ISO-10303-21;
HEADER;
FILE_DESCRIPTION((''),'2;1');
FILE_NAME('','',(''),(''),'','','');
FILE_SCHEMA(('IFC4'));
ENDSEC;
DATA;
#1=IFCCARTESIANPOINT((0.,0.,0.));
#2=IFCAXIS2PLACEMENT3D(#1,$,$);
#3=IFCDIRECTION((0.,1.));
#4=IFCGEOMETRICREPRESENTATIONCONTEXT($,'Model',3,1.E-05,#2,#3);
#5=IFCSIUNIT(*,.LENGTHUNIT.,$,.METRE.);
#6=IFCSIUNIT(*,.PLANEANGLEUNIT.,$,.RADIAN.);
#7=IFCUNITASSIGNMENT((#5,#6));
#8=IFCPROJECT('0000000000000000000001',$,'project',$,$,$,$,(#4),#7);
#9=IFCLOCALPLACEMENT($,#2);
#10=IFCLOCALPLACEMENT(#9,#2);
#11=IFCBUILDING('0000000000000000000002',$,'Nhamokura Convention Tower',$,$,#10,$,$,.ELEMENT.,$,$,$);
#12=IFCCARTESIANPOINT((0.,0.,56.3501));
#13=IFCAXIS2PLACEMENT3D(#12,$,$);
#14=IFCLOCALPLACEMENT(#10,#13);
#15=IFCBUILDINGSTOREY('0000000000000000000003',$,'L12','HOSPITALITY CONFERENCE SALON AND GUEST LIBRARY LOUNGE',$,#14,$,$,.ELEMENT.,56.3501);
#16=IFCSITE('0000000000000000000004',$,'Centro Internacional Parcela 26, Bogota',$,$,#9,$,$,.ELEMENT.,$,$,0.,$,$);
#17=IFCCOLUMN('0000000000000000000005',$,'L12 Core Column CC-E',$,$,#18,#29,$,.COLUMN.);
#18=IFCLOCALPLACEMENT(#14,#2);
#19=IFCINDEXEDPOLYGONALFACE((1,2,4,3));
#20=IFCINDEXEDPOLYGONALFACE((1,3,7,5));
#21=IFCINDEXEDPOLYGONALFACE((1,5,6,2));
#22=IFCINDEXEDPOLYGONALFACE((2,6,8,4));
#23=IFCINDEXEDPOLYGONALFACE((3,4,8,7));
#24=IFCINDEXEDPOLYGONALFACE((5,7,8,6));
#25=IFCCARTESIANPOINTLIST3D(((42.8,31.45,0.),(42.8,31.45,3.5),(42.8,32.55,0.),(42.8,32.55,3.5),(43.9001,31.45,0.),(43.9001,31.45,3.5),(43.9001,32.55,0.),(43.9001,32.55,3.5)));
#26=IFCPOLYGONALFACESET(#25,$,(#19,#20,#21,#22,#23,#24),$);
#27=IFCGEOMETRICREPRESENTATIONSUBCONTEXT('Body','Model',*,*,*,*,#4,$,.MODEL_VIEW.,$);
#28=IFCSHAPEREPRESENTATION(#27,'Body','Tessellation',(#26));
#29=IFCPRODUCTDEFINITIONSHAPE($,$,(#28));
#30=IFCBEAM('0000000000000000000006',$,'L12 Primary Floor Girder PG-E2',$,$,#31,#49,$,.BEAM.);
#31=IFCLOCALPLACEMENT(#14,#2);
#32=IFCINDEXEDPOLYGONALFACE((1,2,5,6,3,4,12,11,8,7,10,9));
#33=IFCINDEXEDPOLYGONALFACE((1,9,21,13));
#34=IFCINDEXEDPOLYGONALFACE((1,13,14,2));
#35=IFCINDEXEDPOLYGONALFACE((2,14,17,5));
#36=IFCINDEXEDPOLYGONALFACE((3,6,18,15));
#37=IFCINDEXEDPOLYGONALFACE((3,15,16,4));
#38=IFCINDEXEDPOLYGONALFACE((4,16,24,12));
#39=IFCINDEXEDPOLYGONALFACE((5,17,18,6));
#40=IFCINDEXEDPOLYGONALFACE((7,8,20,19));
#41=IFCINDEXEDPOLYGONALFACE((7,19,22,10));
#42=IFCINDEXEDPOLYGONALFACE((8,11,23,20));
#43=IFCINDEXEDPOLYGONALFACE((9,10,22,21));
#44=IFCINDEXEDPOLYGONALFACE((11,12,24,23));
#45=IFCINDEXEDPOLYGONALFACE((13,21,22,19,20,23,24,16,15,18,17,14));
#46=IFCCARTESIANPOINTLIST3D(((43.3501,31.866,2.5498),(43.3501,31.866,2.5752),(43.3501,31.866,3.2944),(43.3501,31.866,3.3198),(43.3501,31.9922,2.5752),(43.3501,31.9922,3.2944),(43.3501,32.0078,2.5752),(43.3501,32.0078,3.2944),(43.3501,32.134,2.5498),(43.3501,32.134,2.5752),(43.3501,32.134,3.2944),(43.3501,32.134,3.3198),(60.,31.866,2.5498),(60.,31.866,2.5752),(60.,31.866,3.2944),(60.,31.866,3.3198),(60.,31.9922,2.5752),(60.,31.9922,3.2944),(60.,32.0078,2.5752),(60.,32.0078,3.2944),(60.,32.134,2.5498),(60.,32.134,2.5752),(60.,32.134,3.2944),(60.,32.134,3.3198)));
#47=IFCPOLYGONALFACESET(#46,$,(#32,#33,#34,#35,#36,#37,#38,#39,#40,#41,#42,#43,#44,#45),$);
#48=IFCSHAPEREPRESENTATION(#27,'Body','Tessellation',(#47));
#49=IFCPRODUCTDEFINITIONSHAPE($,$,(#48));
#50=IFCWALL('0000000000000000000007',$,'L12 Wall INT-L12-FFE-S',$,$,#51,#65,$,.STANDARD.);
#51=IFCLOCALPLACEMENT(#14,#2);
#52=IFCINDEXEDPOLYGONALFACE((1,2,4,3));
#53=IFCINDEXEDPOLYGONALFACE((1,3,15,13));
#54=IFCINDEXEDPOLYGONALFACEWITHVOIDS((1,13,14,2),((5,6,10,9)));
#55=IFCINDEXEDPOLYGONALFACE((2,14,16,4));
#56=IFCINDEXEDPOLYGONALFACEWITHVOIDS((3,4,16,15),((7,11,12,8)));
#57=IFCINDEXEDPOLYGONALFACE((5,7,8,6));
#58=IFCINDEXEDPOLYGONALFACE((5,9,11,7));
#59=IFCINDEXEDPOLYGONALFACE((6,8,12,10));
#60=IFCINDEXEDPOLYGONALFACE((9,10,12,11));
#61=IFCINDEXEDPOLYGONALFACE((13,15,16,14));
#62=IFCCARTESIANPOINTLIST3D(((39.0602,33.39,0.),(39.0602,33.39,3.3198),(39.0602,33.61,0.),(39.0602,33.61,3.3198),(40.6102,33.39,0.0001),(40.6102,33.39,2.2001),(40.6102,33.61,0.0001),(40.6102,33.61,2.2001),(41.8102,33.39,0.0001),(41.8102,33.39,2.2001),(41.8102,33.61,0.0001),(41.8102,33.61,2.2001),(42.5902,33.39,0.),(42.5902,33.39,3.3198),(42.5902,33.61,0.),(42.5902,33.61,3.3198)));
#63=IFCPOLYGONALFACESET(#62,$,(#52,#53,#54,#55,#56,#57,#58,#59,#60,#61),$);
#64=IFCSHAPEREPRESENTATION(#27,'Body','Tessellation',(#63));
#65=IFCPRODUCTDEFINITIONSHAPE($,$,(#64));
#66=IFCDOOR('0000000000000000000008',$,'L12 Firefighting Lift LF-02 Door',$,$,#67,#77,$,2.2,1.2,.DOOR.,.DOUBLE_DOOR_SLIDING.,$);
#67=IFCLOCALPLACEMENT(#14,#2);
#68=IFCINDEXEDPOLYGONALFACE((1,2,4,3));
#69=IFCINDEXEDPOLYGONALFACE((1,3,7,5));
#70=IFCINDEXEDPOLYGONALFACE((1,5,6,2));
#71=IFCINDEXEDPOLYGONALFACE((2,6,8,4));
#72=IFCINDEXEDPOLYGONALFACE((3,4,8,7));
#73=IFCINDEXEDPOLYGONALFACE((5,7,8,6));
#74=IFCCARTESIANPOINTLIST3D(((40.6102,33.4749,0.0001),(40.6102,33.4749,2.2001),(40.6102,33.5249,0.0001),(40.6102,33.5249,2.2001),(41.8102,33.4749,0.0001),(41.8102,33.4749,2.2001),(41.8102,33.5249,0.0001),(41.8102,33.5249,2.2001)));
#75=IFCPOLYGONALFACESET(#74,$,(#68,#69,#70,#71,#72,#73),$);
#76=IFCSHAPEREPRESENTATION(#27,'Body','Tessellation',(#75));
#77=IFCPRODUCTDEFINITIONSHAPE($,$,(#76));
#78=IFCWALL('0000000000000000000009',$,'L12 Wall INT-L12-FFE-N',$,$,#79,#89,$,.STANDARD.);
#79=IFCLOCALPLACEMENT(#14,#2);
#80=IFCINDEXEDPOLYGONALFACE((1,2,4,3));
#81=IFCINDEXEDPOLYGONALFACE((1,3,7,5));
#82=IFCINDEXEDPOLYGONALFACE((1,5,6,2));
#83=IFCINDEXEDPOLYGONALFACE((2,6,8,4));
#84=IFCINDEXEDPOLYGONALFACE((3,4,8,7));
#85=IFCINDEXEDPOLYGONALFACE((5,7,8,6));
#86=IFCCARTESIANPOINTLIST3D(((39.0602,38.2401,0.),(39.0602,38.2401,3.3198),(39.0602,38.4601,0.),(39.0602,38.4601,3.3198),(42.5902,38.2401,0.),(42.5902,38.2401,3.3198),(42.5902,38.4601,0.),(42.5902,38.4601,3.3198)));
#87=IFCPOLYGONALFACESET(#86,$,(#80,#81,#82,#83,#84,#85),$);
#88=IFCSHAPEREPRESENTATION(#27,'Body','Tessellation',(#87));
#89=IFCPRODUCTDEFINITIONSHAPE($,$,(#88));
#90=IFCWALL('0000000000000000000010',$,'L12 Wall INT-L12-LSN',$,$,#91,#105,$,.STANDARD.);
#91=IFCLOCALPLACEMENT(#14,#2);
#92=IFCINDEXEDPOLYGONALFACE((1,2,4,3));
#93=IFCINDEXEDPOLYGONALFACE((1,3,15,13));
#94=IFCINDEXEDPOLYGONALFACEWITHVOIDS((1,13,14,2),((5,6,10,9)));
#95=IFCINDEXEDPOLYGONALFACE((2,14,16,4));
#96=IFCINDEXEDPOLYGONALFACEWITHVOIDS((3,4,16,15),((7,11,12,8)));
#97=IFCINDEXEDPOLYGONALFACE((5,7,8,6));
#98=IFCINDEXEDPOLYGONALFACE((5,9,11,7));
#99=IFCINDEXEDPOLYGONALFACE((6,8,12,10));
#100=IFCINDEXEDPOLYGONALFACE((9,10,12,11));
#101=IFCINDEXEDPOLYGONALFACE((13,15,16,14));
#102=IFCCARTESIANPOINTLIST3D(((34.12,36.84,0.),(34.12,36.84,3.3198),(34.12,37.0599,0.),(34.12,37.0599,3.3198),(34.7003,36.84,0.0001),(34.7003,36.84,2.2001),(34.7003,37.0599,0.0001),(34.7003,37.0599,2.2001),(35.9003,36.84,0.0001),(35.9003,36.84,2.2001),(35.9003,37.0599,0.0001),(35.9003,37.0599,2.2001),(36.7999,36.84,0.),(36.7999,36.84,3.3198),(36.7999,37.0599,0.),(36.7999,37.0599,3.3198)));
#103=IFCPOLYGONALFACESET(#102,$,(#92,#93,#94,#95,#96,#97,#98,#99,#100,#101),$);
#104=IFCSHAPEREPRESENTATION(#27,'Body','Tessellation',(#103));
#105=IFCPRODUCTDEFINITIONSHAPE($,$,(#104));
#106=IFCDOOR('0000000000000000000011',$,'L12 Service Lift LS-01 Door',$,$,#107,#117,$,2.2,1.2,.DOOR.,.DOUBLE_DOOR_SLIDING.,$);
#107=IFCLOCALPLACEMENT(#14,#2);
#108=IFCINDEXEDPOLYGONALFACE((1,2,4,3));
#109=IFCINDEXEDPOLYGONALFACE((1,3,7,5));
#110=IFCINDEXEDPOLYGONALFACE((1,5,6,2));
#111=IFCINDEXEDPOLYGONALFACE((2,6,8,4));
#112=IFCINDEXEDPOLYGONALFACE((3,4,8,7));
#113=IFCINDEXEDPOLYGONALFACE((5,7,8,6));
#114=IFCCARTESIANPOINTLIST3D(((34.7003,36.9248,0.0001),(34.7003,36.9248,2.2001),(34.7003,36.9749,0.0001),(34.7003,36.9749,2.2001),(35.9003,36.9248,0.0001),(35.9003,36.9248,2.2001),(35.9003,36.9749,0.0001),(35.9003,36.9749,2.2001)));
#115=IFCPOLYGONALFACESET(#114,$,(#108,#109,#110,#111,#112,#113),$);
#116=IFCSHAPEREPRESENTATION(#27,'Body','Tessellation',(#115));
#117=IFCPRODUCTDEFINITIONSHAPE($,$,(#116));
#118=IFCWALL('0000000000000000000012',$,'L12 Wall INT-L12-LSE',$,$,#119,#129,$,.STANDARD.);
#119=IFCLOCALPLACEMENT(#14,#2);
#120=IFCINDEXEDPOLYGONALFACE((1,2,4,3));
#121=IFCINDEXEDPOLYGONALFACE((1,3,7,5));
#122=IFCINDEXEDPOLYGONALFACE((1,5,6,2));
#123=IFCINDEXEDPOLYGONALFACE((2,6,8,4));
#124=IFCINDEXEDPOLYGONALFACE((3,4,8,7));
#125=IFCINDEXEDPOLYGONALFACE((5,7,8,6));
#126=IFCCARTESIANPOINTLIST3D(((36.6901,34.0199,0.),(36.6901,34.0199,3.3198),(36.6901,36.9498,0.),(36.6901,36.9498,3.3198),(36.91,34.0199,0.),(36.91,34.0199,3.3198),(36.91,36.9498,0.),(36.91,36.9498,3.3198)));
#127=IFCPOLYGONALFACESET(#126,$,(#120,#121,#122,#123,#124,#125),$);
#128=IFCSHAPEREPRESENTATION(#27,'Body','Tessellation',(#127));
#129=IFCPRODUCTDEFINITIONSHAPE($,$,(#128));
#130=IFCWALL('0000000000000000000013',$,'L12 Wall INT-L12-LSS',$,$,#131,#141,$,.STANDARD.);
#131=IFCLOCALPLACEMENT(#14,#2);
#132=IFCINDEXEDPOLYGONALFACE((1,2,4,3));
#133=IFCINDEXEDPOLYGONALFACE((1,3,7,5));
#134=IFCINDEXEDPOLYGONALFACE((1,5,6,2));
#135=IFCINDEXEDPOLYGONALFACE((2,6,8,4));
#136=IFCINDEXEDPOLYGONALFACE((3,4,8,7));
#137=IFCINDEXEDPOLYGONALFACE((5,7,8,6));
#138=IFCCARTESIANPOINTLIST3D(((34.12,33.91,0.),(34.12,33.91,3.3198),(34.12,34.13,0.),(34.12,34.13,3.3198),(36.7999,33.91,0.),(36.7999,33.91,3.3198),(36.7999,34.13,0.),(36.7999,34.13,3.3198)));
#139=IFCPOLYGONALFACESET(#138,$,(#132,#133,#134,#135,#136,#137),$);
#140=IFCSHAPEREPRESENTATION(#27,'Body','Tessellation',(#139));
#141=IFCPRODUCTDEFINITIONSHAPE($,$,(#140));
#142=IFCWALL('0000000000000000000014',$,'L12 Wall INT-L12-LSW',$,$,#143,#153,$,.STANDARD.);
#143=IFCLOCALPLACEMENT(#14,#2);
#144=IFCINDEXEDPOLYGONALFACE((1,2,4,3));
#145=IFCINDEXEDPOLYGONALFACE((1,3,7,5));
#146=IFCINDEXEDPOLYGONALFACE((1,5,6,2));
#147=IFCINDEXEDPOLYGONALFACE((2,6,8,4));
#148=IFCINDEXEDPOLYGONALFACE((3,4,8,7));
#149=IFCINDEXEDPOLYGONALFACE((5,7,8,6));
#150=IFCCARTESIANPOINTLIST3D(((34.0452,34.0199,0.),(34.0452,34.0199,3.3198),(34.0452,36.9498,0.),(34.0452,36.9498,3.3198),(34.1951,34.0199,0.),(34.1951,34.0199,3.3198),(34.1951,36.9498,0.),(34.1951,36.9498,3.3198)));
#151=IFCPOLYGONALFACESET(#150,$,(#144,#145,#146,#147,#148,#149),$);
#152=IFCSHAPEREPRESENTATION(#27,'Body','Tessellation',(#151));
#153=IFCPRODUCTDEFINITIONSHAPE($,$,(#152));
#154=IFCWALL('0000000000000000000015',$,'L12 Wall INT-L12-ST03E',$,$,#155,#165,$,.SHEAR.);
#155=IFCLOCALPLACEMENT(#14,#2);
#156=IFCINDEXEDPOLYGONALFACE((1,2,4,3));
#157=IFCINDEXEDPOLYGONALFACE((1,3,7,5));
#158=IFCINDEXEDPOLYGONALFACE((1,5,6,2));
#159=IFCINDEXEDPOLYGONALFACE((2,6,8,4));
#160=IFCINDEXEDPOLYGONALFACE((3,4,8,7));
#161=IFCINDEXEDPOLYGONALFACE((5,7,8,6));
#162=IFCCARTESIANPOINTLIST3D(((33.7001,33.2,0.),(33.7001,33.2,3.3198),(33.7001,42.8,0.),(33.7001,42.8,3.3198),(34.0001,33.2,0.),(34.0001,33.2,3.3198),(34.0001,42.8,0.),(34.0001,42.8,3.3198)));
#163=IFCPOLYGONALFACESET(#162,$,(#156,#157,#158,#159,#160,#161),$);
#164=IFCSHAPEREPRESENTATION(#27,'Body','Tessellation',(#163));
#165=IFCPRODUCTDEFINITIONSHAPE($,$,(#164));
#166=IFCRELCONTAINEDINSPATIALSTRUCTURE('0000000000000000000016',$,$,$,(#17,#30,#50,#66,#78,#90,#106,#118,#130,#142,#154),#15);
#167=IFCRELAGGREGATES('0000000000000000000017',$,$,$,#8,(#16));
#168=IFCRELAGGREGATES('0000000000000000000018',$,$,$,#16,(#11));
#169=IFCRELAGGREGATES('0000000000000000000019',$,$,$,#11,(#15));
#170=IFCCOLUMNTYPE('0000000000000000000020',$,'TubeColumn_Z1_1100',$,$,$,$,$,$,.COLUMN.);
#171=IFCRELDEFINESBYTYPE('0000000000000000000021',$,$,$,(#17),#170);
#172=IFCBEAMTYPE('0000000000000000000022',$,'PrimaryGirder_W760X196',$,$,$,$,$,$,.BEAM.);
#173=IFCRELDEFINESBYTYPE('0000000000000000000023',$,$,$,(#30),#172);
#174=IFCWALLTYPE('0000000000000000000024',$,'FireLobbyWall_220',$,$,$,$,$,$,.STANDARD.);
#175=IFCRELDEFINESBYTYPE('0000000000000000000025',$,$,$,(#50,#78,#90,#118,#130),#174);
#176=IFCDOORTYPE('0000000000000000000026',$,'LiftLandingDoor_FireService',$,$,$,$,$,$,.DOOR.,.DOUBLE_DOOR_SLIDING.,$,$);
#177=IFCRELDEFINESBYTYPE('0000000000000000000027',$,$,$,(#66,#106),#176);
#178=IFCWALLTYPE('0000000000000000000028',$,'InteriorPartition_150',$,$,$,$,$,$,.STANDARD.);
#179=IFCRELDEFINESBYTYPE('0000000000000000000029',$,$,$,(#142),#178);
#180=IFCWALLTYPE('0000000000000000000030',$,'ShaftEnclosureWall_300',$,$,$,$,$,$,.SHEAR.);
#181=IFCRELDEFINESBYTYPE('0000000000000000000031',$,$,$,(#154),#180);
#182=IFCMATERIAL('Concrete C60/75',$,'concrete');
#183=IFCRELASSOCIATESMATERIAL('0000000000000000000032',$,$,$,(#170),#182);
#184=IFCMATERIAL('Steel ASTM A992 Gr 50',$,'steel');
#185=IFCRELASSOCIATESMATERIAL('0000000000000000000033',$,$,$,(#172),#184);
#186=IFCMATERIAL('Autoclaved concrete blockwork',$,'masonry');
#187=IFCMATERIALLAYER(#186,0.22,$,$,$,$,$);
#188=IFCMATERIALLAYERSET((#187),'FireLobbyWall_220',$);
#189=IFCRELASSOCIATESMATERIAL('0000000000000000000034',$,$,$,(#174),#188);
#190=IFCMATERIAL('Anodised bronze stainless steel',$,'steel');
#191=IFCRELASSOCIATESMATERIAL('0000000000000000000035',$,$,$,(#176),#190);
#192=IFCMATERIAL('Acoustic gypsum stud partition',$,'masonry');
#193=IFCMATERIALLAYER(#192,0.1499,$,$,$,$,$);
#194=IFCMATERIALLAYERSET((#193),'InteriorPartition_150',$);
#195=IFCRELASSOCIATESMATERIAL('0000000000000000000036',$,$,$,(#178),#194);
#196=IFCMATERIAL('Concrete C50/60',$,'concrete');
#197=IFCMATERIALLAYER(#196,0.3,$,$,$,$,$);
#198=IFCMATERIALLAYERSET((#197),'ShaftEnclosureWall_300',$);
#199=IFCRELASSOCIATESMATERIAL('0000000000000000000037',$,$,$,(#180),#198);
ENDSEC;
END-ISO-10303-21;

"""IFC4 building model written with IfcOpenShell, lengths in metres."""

from ifc_helpers import new_model, si_unit, direction, frame, frame_2d, origin, origin_2d, place, context, subcontext, project, spatial, rectangle, i_section, extrude, material, layer, layer_set, material_profile, profile_set, type_object, element, fill, save


model = new_model("IFC4")

# Units and contexts
model_context = context("Model", 3, precision=1e-05, world=origin(), true_north=direction((0.0, 1.0)))
body_context = subcontext(model_context, "Body", "Model", "MODEL_VIEW")
ifc_project = project(units=[si_unit("LENGTHUNIT", "METRE"), si_unit("PLANEANGLEUNIT", "RADIAN")], contexts=[model_context])

# Site, building, storey
site_placement = place(None, origin())
site = spatial("IfcSite", under=ifc_project, at=site_placement, Name="Centro Internacional Parcela 26, Bogota", CompositionType="ELEMENT", RefElevation=0.0)
building_placement = place(site_placement, origin())
building = spatial("IfcBuilding", under=site, at=building_placement, Name="Nhamokura Convention Tower", CompositionType="ELEMENT")
storey_placement = place(building_placement, frame((0.0, 0.0, 56.3501)))
storey = spatial("IfcBuildingStorey", under=building, at=storey_placement, Name="L12", Description="HOSPITALITY CONFERENCE SALON AND GUEST LIBRARY LOUNGE", CompositionType="ELEMENT", Elevation=56.3501)

# Column
ifc_material_1 = material(Name="Concrete C60/75", Category="concrete")
ifc_material_profile_1 = material_profile(ifc_material_1, rectangle(XDim=1.1001, YDim=1.1001, at=origin_2d()))
ifc_profile_set_1 = profile_set([ifc_material_profile_1], Name="Concrete C60/75")
column_type = type_object("IfcColumnType", Name="TubeColumn_Z1_1100", PredefinedType="COLUMN", material=ifc_profile_set_1)
column_placement = place(storey_placement, frame((43.3501, 32.0, 0.0), z_axis=(0.0, 0.0, 1.0), x_axis=(1.0, 0.0, 0.0)))
element("IfcColumn", 1, at=column_placement, inside=storey, type_object=column_type, Name="L12 Core Column CC-E", PredefinedType="COLUMN", context=body_context, shape_type="SweptSolid", body=[
    extrude(rectangle(XDim=1.1001, YDim=1.1001, at=origin_2d()), origin(), (0.0, 0.0, 1.0), 3.5),
])

# Beam
ifc_material_2 = material(Name="Steel ASTM A992 Gr 50", Category="steel")
ifc_material_profile_2 = material_profile(ifc_material_2, i_section(OverallWidth=0.2681, OverallDepth=0.77, WebThickness=0.0156, FlangeThickness=0.0254, at=origin_2d()))
ifc_profile_set_2 = profile_set([ifc_material_profile_2], Name="Steel ASTM A992 Gr 50")
beam_type = type_object("IfcBeamType", Name="PrimaryGirder_W760X196", PredefinedType="BEAM", material=ifc_profile_set_2)
beam_placement = place(storey_placement, frame((43.3501, 32.0, 2.9348), z_axis=(1.0, 0.0, 0.0), x_axis=(0.0, 1.0, 0.0)))
element("IfcBeam", 2, at=beam_placement, inside=storey, type_object=beam_type, Name="L12 Primary Floor Girder PG-E2", PredefinedType="BEAM", context=body_context, shape_type="SweptSolid", body=[
    extrude(i_section(OverallWidth=0.2681, OverallDepth=0.77, WebThickness=0.0156, FlangeThickness=0.0254, at=origin_2d()), origin(), (0.0, 0.0, 1.0), 16.6499),
])

# Wall, opening, door
ifc_material_3 = material(Name="Autoclaved concrete blockwork", Category="masonry")
ifc_layer_1 = layer(ifc_material_3, 0.22)
ifc_layer_set_1 = layer_set([ifc_layer_1], Name="FireLobbyWall_220")
wall_type_1 = type_object("IfcWallType", Name="FireLobbyWall_220", PredefinedType="STANDARD", material=ifc_layer_set_1)
wall_1_placement = place(storey_placement, frame((39.0601, 33.5, 0.0), z_axis=(0.0, 0.0, 1.0), x_axis=(1.0, 0.0, 0.0)))
wall_1 = element("IfcWall", 3, at=wall_1_placement, inside=storey, type_object=wall_type_1, Name="L12 Wall INT-L12-FFE-S", PredefinedType="STANDARD", context=body_context, shape_type="SweptSolid", body=[
    extrude(rectangle(XDim=3.53, YDim=0.22, at=frame_2d((1.7651, 0.0))), origin(), (0.0, 0.0, 1.0), 3.3198),
])
opening_1_placement = place(wall_1_placement, frame((1.55, 0.0, 0.0)))
opening_1 = element("IfcOpeningElement", 4, at=opening_1_placement, cuts=wall_1, PredefinedType="OPENING", context=body_context, shape_type="SweptSolid", body=[
    extrude(rectangle(XDim=1.2, YDim=2.2, at=frame_2d((0.6001, 1.1001))), frame((0.0, 0.1199, 0.0), z_axis=(0.0, -1.0, 0.0), x_axis=(1.0, 0.0, 0.0)), (0.0, 0.0, 1.0), 0.24),
])
ifc_material_4 = material(Name="Anodised bronze stainless steel", Category="steel")
door_type = type_object("IfcDoorType", Name="LiftLandingDoor_FireService", OperationType="DOUBLE_DOOR_SLIDING", PredefinedType="DOOR", material=ifc_material_4)
door_1_placement = place(opening_1_placement, origin())
door_1 = element("IfcDoor", 5, at=door_1_placement, inside=storey, type_object=door_type, Name="L12 Firefighting Lift LF-02 Door", OperationType="DOUBLE_DOOR_SLIDING", OverallHeight=2.2, OverallWidth=1.2, PredefinedType="DOOR", context=body_context, shape_type="SweptSolid", body=[
    extrude(rectangle(XDim=1.2, YDim=2.2, at=frame_2d((0.6001, 1.1001))), frame((0.0, 0.0249, 0.0), z_axis=(0.0, -1.0, 0.0), x_axis=(1.0, 0.0, 0.0)), (0.0, 0.0, 1.0), 0.05),
])
fill(opening_1, door_1)

# Wall
wall_2_placement = place(storey_placement, frame((39.0601, 38.3501, 0.0), z_axis=(0.0, 0.0, 1.0), x_axis=(1.0, 0.0, 0.0)))
element("IfcWall", 6, at=wall_2_placement, inside=storey, type_object=wall_type_1, Name="L12 Wall INT-L12-FFE-N", PredefinedType="STANDARD", context=body_context, shape_type="SweptSolid", body=[
    extrude(rectangle(XDim=3.53, YDim=0.22, at=frame_2d((1.7651, 0.0))), origin(), (0.0, 0.0, 1.0), 3.3198),
])

# Wall, opening, door
wall_3_placement = place(storey_placement, frame((34.1201, 36.95, 0.0), z_axis=(0.0, 0.0, 1.0), x_axis=(1.0, 0.0, 0.0)))
wall_3 = element("IfcWall", 7, at=wall_3_placement, inside=storey, type_object=wall_type_1, Name="L12 Wall INT-L12-LSN", PredefinedType="STANDARD", context=body_context, shape_type="SweptSolid", body=[
    extrude(rectangle(XDim=2.6799, YDim=0.22, at=frame_2d((1.3398, 0.0))), origin(), (0.0, 0.0, 1.0), 3.3198),
])
opening_2_placement = place(wall_3_placement, frame((0.5801, 0.0, 0.0)))
opening_2 = element("IfcOpeningElement", 8, at=opening_2_placement, cuts=wall_3, PredefinedType="OPENING", context=body_context, shape_type="SweptSolid", body=[
    extrude(rectangle(XDim=1.2, YDim=2.2, at=frame_2d((0.6001, 1.1001))), frame((0.0, 0.1199, 0.0), z_axis=(0.0, -1.0, 0.0), x_axis=(1.0, 0.0, 0.0)), (0.0, 0.0, 1.0), 0.24),
])
door_2_placement = place(opening_2_placement, origin())
door_2 = element("IfcDoor", 9, at=door_2_placement, inside=storey, type_object=door_type, Name="L12 Service Lift LS-01 Door", OperationType="DOUBLE_DOOR_SLIDING", OverallHeight=2.2, OverallWidth=1.2, PredefinedType="DOOR", context=body_context, shape_type="SweptSolid", body=[
    extrude(rectangle(XDim=1.2, YDim=2.2, at=frame_2d((0.6001, 1.1001))), frame((0.0, 0.0249, 0.0), z_axis=(0.0, -1.0, 0.0), x_axis=(1.0, 0.0, 0.0)), (0.0, 0.0, 1.0), 0.05),
])
fill(opening_2, door_2)

# Walls
wall_4_placement = place(storey_placement, frame((36.8, 34.02, 0.0), z_axis=(0.0, 0.0, 1.0), x_axis=(0.0, 1.0, 0.0)))
element("IfcWall", 10, at=wall_4_placement, inside=storey, type_object=wall_type_1, Name="L12 Wall INT-L12-LSE", PredefinedType="STANDARD", context=body_context, shape_type="SweptSolid", body=[
    extrude(rectangle(XDim=2.9299, YDim=0.22, at=frame_2d((1.4648, 0.0))), origin(), (0.0, 0.0, 1.0), 3.3198),
])
wall_5_placement = place(storey_placement, frame((34.1201, 34.02, 0.0), z_axis=(0.0, 0.0, 1.0), x_axis=(1.0, 0.0, 0.0)))
element("IfcWall", 11, at=wall_5_placement, inside=storey, type_object=wall_type_1, Name="L12 Wall INT-L12-LSS", PredefinedType="STANDARD", context=body_context, shape_type="SweptSolid", body=[
    extrude(rectangle(XDim=2.6799, YDim=0.22, at=frame_2d((1.3398, 0.0))), origin(), (0.0, 0.0, 1.0), 3.3198),
])
ifc_material_5 = material(Name="Acoustic gypsum stud partition", Category="masonry")
ifc_layer_2 = layer(ifc_material_5, 0.1499)
ifc_layer_set_2 = layer_set([ifc_layer_2], Name="InteriorPartition_150")
wall_type_2 = type_object("IfcWallType", Name="InteriorPartition_150", PredefinedType="STANDARD", material=ifc_layer_set_2)
wall_6_placement = place(storey_placement, frame((34.1201, 34.02, 0.0), z_axis=(0.0, 0.0, 1.0), x_axis=(0.0, 1.0, 0.0)))
element("IfcWall", 12, at=wall_6_placement, inside=storey, type_object=wall_type_2, Name="L12 Wall INT-L12-LSW", PredefinedType="STANDARD", context=body_context, shape_type="SweptSolid", body=[
    extrude(rectangle(XDim=2.9299, YDim=0.1499, at=frame_2d((1.4648, 0.0))), origin(), (0.0, 0.0, 1.0), 3.3198),
])
ifc_material_6 = material(Name="Concrete C50/60", Category="concrete")
ifc_layer_3 = layer(ifc_material_6, 0.3)
ifc_layer_set_3 = layer_set([ifc_layer_3], Name="ShaftEnclosureWall_300")
wall_type_3 = type_object("IfcWallType", Name="ShaftEnclosureWall_300", PredefinedType="SHEAR", material=ifc_layer_set_3)
wall_7_placement = place(storey_placement, frame((33.8501, 33.2, 0.0), z_axis=(0.0, 0.0, 1.0), x_axis=(0.0, 1.0, 0.0)))
element("IfcWall", 13, at=wall_7_placement, inside=storey, type_object=wall_type_3, Name="L12 Wall INT-L12-ST03E", PredefinedType="SHEAR", context=body_context, shape_type="SweptSolid", body=[
    extrude(rectangle(XDim=9.6001, YDim=0.3, at=frame_2d((4.8, 0.0))), origin(), (0.0, 0.0, 1.0), 3.3198),
])

save(model, "model.ifc")
